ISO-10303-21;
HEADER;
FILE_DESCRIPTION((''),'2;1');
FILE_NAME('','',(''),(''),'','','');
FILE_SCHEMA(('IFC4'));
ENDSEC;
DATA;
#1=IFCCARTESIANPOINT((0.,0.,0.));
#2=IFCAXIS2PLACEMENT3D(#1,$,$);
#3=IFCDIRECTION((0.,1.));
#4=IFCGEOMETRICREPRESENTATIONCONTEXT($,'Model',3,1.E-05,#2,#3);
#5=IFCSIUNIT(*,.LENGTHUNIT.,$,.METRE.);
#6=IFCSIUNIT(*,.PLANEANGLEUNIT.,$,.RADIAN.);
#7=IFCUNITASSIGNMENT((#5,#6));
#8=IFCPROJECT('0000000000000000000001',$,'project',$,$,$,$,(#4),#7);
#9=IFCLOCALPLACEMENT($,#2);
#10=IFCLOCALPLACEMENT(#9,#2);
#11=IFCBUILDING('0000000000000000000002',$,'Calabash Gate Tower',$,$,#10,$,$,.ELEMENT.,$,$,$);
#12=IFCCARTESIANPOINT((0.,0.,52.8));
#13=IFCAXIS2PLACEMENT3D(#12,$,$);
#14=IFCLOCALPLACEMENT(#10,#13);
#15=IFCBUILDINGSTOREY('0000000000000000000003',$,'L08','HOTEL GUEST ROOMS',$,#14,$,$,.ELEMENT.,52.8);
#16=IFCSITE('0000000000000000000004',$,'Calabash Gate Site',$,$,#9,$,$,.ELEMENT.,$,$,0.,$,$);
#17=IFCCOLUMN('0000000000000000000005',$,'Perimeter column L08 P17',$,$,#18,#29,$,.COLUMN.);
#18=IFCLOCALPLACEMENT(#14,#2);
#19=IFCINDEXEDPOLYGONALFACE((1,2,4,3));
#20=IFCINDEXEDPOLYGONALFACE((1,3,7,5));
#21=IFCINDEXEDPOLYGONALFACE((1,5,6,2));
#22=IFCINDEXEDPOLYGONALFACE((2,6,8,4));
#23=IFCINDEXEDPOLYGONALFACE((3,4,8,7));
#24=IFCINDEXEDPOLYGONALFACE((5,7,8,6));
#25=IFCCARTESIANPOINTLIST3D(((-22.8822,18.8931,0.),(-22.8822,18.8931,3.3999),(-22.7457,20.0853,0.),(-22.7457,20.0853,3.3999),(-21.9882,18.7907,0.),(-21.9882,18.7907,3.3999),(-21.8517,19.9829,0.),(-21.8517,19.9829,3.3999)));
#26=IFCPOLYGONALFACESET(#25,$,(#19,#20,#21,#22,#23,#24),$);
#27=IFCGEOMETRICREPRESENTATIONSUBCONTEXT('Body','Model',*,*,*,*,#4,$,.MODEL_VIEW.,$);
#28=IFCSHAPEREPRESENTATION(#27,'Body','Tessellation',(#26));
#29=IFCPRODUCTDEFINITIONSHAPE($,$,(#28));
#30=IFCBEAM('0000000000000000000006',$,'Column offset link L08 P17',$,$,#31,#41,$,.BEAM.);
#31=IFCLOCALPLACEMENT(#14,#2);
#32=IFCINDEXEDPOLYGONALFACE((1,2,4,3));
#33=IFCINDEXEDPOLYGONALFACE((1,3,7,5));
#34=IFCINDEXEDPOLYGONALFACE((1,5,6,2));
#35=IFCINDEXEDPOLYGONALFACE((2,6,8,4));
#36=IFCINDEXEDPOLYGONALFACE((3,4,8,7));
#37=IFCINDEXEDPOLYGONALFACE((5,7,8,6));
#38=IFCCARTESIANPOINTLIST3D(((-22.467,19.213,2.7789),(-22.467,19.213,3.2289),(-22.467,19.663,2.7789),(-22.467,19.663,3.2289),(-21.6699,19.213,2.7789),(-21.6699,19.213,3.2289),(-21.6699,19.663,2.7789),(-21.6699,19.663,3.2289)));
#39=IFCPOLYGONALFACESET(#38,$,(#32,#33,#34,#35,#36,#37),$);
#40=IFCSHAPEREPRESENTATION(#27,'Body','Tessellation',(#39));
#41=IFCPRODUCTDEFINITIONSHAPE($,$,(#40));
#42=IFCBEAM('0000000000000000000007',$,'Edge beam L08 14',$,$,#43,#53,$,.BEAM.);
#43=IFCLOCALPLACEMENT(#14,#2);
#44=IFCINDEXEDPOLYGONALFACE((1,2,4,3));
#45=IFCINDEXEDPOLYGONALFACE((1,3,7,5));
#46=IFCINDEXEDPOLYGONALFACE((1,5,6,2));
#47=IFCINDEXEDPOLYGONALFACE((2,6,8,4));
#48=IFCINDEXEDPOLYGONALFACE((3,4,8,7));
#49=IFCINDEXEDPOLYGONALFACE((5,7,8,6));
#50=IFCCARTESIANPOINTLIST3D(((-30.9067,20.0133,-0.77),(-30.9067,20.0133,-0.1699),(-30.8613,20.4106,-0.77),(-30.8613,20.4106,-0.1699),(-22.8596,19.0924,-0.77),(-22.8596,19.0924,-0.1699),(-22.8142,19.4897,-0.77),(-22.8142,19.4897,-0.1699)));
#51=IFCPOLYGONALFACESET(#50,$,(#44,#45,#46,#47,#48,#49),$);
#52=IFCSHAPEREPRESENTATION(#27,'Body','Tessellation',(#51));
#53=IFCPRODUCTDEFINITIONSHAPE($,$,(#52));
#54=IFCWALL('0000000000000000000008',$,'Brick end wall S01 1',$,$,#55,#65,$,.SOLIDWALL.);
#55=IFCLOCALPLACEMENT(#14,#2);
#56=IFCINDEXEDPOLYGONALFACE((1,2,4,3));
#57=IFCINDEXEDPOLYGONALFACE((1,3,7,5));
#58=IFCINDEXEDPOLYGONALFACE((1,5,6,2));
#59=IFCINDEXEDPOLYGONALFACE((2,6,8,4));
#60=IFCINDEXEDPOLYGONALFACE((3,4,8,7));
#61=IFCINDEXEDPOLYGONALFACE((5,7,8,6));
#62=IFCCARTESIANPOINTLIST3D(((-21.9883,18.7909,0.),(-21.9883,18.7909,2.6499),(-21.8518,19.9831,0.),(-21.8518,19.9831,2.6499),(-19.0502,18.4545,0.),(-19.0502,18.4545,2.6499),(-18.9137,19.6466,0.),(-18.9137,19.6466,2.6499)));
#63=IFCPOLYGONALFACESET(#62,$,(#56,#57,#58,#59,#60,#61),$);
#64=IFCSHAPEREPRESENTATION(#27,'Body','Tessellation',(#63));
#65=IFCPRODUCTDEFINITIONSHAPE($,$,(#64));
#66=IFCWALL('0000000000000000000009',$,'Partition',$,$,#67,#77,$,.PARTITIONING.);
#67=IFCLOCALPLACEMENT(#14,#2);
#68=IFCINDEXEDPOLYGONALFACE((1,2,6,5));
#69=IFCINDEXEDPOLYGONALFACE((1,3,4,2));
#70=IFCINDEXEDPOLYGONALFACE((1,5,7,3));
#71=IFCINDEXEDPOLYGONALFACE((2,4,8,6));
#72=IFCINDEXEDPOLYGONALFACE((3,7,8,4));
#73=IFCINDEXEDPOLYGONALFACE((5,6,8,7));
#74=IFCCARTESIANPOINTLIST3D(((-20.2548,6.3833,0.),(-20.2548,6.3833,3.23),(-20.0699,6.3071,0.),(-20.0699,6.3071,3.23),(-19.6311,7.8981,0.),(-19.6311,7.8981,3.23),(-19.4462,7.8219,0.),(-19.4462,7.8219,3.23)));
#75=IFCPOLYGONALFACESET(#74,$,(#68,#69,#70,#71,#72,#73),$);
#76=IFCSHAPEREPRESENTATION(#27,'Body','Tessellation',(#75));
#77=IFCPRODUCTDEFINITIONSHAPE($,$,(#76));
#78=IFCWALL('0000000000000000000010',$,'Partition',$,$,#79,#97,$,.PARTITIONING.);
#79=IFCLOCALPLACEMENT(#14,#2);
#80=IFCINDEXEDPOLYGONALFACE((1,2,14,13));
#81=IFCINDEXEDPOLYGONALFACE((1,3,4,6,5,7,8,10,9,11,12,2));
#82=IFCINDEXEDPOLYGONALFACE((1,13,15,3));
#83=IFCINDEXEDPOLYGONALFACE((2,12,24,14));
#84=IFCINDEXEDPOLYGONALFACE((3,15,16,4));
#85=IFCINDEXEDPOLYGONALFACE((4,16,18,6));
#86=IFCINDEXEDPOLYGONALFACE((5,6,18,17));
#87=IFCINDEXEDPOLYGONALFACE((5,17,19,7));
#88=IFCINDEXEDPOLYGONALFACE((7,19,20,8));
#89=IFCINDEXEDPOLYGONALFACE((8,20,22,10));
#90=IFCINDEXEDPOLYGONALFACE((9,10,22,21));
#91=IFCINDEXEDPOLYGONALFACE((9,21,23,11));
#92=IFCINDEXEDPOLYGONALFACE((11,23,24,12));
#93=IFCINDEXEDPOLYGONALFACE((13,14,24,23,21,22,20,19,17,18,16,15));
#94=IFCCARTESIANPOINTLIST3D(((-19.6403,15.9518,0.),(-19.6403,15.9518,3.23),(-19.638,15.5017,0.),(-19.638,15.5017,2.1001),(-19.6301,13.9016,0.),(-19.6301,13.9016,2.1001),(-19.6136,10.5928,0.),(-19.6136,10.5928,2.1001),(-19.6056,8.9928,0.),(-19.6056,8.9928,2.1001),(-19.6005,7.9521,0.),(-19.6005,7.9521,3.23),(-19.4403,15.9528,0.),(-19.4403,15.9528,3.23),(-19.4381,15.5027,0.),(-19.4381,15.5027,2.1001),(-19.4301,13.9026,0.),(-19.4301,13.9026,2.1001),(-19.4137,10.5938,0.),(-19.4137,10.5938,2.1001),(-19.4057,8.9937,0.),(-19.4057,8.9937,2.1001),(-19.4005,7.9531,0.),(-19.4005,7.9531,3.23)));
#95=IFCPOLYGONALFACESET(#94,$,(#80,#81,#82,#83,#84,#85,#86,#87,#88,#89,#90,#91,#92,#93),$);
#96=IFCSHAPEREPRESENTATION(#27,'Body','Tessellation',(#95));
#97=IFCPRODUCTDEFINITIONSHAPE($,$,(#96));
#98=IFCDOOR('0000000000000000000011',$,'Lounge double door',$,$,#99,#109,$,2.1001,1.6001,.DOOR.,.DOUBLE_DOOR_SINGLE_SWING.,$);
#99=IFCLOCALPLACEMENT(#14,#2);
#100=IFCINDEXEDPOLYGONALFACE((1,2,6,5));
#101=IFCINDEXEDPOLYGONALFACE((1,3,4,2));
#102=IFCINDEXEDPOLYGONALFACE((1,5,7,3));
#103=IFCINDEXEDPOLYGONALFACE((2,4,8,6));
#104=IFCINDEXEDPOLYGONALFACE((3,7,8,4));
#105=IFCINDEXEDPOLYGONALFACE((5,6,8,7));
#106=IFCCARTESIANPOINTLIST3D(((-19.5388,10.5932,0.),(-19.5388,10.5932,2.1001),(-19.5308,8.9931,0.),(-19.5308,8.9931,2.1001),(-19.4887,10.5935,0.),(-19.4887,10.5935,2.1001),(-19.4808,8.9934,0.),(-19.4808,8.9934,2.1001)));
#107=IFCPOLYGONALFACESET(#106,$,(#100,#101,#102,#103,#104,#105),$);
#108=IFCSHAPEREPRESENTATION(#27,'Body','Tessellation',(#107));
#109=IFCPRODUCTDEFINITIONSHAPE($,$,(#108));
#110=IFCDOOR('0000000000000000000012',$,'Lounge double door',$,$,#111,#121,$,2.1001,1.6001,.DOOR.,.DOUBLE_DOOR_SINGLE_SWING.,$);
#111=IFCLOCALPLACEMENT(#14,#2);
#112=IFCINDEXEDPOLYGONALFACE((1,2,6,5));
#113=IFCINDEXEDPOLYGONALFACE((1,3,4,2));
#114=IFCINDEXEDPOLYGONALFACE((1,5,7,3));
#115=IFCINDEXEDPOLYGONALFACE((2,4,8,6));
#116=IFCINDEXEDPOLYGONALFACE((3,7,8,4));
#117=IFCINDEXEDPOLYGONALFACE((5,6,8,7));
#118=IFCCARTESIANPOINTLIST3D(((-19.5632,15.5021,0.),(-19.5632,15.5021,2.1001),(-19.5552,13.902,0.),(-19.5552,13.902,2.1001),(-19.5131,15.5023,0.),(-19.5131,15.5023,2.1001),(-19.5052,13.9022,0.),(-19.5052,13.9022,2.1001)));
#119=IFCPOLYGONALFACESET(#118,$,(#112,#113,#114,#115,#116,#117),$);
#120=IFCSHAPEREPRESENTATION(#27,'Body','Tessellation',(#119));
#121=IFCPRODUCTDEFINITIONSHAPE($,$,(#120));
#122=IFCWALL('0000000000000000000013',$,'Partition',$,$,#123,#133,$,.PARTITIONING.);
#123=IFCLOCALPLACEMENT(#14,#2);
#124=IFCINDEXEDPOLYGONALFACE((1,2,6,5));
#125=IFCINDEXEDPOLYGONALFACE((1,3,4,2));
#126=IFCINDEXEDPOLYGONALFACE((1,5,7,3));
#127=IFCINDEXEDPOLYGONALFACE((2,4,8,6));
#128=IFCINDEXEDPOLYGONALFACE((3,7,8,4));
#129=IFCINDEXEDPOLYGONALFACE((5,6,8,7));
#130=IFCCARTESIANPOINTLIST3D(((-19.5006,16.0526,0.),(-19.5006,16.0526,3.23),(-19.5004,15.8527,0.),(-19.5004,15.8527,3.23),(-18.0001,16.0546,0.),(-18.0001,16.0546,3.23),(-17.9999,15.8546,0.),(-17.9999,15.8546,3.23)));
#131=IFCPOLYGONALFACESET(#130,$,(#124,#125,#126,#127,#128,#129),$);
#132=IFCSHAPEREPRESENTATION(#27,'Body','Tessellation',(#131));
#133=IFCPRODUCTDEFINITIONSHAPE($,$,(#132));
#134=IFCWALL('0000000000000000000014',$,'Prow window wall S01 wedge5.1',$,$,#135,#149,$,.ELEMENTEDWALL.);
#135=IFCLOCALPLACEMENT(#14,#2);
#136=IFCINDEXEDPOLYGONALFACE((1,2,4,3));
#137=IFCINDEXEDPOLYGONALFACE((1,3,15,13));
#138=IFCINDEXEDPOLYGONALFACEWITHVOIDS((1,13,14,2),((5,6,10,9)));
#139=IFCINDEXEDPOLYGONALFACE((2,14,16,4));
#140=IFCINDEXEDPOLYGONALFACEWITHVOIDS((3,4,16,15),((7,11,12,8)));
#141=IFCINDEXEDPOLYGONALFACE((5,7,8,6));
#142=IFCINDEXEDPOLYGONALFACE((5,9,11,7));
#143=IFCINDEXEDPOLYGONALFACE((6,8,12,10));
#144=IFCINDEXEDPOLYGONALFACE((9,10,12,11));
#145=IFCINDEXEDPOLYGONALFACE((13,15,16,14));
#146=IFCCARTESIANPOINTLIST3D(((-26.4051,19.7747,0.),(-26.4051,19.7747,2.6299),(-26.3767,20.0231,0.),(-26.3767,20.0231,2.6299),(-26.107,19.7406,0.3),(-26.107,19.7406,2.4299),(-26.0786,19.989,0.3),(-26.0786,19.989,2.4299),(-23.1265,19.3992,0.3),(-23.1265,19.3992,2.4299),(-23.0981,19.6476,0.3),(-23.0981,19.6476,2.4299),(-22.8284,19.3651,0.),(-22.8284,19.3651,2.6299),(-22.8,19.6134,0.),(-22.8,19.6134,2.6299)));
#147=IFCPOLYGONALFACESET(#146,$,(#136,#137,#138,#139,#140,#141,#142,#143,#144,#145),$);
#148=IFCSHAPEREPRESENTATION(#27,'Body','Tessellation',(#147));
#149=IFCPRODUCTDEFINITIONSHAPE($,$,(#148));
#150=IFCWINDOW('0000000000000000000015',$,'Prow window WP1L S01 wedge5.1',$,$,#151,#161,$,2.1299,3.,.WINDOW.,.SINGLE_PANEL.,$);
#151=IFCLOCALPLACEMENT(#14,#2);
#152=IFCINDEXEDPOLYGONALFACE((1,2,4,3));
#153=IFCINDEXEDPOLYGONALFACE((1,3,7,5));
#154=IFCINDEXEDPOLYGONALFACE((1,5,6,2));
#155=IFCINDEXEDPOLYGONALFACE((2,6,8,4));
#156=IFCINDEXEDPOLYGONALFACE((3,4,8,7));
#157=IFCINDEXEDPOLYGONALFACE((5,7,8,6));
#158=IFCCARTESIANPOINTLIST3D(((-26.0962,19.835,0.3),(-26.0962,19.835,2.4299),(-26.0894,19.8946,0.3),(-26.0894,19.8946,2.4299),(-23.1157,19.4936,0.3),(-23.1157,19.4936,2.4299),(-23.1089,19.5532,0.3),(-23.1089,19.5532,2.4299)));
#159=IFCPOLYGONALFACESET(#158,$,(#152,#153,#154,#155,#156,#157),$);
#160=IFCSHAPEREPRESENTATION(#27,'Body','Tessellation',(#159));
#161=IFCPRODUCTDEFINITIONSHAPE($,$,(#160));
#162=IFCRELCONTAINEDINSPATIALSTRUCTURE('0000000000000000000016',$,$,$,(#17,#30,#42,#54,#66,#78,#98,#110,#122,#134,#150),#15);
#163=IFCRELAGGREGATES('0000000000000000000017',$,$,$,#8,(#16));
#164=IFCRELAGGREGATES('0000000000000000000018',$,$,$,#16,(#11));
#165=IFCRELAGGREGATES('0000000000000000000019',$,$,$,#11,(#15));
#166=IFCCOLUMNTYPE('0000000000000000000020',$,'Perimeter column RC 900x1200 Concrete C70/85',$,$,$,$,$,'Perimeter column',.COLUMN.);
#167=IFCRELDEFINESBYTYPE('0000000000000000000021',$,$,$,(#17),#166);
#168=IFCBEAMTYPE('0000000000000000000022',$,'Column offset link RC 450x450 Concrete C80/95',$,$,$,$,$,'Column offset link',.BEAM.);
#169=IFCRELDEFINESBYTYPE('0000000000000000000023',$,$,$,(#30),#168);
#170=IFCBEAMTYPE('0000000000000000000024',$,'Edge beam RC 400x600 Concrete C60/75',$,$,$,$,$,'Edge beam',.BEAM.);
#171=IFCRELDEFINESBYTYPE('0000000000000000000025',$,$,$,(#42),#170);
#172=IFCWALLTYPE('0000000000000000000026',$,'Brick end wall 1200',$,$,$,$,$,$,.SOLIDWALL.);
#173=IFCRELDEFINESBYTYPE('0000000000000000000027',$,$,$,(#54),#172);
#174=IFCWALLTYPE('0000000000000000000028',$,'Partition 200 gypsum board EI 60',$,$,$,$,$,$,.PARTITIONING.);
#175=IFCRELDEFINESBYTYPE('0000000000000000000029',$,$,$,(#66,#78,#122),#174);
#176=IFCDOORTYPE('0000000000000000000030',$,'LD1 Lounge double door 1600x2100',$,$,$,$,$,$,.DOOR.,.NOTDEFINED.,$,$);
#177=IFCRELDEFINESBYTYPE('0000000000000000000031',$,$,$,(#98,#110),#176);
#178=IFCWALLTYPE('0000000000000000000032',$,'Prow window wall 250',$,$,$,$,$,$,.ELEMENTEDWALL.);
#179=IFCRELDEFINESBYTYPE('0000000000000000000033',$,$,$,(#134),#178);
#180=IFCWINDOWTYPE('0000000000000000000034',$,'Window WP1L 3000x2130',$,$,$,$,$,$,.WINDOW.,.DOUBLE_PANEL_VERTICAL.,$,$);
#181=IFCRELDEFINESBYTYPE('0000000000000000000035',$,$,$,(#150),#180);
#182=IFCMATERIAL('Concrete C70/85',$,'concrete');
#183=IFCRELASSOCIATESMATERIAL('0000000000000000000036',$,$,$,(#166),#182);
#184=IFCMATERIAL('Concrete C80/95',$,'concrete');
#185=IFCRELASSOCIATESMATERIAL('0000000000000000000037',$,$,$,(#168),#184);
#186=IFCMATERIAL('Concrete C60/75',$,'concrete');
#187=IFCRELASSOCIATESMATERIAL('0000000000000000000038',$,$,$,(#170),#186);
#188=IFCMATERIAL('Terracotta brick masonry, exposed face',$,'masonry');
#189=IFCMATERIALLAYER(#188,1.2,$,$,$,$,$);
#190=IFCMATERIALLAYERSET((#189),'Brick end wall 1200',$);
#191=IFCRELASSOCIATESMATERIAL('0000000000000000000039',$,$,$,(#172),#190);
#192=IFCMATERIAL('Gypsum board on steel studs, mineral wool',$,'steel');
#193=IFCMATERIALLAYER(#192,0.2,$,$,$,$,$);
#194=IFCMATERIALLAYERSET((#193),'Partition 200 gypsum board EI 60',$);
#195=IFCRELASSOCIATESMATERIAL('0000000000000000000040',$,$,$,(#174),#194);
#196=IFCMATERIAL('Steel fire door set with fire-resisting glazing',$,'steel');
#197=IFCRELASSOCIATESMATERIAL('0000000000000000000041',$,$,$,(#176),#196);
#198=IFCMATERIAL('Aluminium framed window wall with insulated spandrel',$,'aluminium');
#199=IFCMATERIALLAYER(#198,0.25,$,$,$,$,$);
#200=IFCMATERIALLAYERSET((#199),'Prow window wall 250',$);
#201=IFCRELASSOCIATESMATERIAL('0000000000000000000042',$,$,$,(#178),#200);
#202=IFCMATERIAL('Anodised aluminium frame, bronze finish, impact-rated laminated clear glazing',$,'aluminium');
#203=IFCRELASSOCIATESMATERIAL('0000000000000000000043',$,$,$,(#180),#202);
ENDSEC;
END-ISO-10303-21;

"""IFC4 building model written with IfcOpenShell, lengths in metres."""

from ifc_helpers import new_model, si_unit, direction, frame, frame_2d, origin, origin_2d, place, context, subcontext, project, spatial, rectangle, extrude, material, layer, layer_set, material_profile, profile_set, type_object, element, fill, save


model = new_model("IFC4")

# Units and contexts
model_context = context("Model", 3, precision=1e-05, world=origin(), true_north=direction((0.0, 1.0)))
body_context = subcontext(model_context, "Body", "Model", "MODEL_VIEW")
ifc_project = project(units=[si_unit("LENGTHUNIT", "METRE"), si_unit("PLANEANGLEUNIT", "RADIAN")], contexts=[model_context])

# Site, building, storey
site_placement = place(None, origin())
site = spatial("IfcSite", under=ifc_project, at=site_placement, Name="Calabash Gate Site", CompositionType="ELEMENT", RefElevation=0.0)
building_placement = place(site_placement, origin())
building = spatial("IfcBuilding", under=site, at=building_placement, Name="Calabash Gate Tower", CompositionType="ELEMENT")
storey_placement = place(building_placement, frame((0.0, 0.0, 52.8)))
storey = spatial("IfcBuildingStorey", under=building, at=storey_placement, Name="L08", Description="HOTEL GUEST ROOMS", CompositionType="ELEMENT", Elevation=52.8)

# Column
ifc_material_1 = material(Name="Concrete C70/85", Category="concrete")
ifc_material_profile_1 = material_profile(ifc_material_1, rectangle(XDim=0.8999, YDim=1.2, at=origin_2d()))
ifc_profile_set_1 = profile_set([ifc_material_profile_1], Name="Concrete C70/85")
column_type = type_object("IfcColumnType", Name="Perimeter column RC 900x1200 Concrete C70/85", ElementType="Perimeter column", PredefinedType="COLUMN", material=ifc_profile_set_1)
column_placement = place(storey_placement, frame((-22.3669, 19.438, 0.0), z_axis=(0.0, 0.0, 1.0), x_axis=(-0.993506, 0.113777, 0.0)))
element("IfcColumn", 1, at=column_placement, inside=storey, type_object=column_type, Name="Perimeter column L08 P17", PredefinedType="COLUMN", context=body_context, shape_type="SweptSolid", body=[
    extrude(rectangle(XDim=0.8999, YDim=1.2, at=origin_2d()), origin(), (0.0, 0.0, 1.0), 3.3999),
])

# Beams
ifc_material_2 = material(Name="Concrete C80/95", Category="concrete")
ifc_material_profile_2 = material_profile(ifc_material_2, rectangle(XDim=0.45, YDim=0.45, at=origin_2d()))
ifc_profile_set_2 = profile_set([ifc_material_profile_2], Name="Concrete C80/95")
beam_type_1 = type_object("IfcBeamType", Name="Column offset link RC 450x450 Concrete C80/95", ElementType="Column offset link", PredefinedType="BEAM", material=ifc_profile_set_2)
beam_1_placement = place(storey_placement, frame((-22.467, 19.438, 3.0039), z_axis=(1.0, 0.0, 0.0), x_axis=(0.0, 1.0, 0.0)))
element("IfcBeam", 2, at=beam_1_placement, inside=storey, type_object=beam_type_1, Name="Column offset link L08 P17", PredefinedType="BEAM", context=body_context, shape_type="SweptSolid", body=[
    extrude(rectangle(XDim=0.45, YDim=0.45, at=origin_2d()), origin(), (0.0, 0.0, 1.0), 0.7971),
])
ifc_material_3 = material(Name="Concrete C60/75", Category="concrete")
ifc_material_profile_3 = material_profile(ifc_material_3, rectangle(XDim=0.3999, YDim=0.6001, at=origin_2d()))
ifc_profile_set_3 = profile_set([ifc_material_profile_3], Name="Concrete C60/75")
beam_type_2 = type_object("IfcBeamType", Name="Edge beam RC 400x600 Concrete C60/75", ElementType="Edge beam", PredefinedType="BEAM", material=ifc_profile_set_3)
beam_2_placement = place(storey_placement, frame((-22.8369, 19.291, -0.47), z_axis=(-0.993516, 0.113696, 0.0), x_axis=(-0.113696, -0.993516, 0.0)))
element("IfcBeam", 3, at=beam_2_placement, inside=storey, type_object=beam_type_2, Name="Edge beam L08 14", PredefinedType="BEAM", context=body_context, shape_type="SweptSolid", body=[
    extrude(rectangle(XDim=0.3999, YDim=0.6001, at=origin_2d()), origin(), (0.0, 0.0, 1.0), 8.0996),
])

# Walls
ifc_material_4 = material(Name="Terracotta brick masonry, exposed face", Category="masonry")
ifc_layer_1 = layer(ifc_material_4, 1.2)
ifc_layer_set_1 = layer_set([ifc_layer_1], Name="Brick end wall 1200")
wall_type_1 = type_object("IfcWallType", Name="Brick end wall 1200", PredefinedType="SOLIDWALL", material=ifc_layer_set_1)
wall_1_placement = place(storey_placement, frame((-21.9199, 19.387, 0.0), z_axis=(0.0, 0.0, 1.0), x_axis=(0.993508, -0.113765, 0.0)))
element("IfcWall", 4, at=wall_1_placement, inside=storey, type_object=wall_type_1, Name="Brick end wall S01 1", PredefinedType="SOLIDWALL", context=body_context, shape_type="SweptSolid", body=[
    extrude(rectangle(XDim=2.9573, YDim=1.2, at=frame_2d((1.4785, 0.0))), origin(), (0.0, 0.0, 1.0), 2.6499),
])
ifc_material_5 = material(Name="Gypsum board on steel studs, mineral wool", Category="steel")
ifc_layer_2 = layer(ifc_material_5, 0.2)
ifc_layer_set_2 = layer_set([ifc_layer_2], Name="Partition 200 gypsum board EI 60")
wall_type_2 = type_object("IfcWallType", Name="Partition 200 gypsum board EI 60", PredefinedType="PARTITIONING", material=ifc_layer_set_2)
wall_2_placement = place(storey_placement, frame((-20.1624, 6.3452, 0.0), z_axis=(0.0, 0.0, 1.0), x_axis=(0.38075, 0.924678, 0.0)))
element("IfcWall", 5, at=wall_2_placement, inside=storey, type_object=wall_type_2, Name="Partition", PredefinedType="PARTITIONING", context=body_context, shape_type="SweptSolid", body=[
    extrude(rectangle(XDim=1.6382, YDim=0.2, at=frame_2d((0.8191, 0.0))), origin(), (0.0, 0.0, 1.0), 3.23),
])

# Wall, openings, doors
wall_3_placement = place(storey_placement, frame((-19.5403, 15.9524, 0.0), z_axis=(0.0, 0.0, 1.0), x_axis=(0.004974, -0.999988, 0.0)))
wall_3 = element("IfcWall", 6, at=wall_3_placement, inside=storey, type_object=wall_type_2, Name="Partition", PredefinedType="PARTITIONING", context=body_context, shape_type="SweptSolid", body=[
    extrude(rectangle(XDim=7.9998, YDim=0.2, at=frame_2d((4.0, 0.0))), origin(), (0.0, 0.0, 1.0), 3.23),
])
opening_1_placement = place(wall_3_placement, frame((5.3591, 0.0, 0.0)))
opening_1 = element("IfcOpeningElement", 7, at=opening_1_placement, cuts=wall_3, PredefinedType="OPENING", context=body_context, shape_type="SweptSolid", body=[
    extrude(rectangle(XDim=1.6001, YDim=2.1001, at=frame_2d((0.8, 1.05))), frame((0.0, 0.1099, 0.0), z_axis=(0.0, -1.0, 0.0), x_axis=(1.0, 0.0, 0.0)), (0.0, 0.0, 1.0), 0.22),
])
opening_2_placement = place(wall_3_placement, frame((0.4502, 0.0, 0.0)))
opening_2 = element("IfcOpeningElement", 8, at=opening_2_placement, cuts=wall_3, PredefinedType="OPENING", context=body_context, shape_type="SweptSolid", body=[
    extrude(rectangle(XDim=1.6001, YDim=2.1001, at=frame_2d((0.8, 1.05))), frame((0.0, 0.1099, 0.0), z_axis=(0.0, -1.0, 0.0), x_axis=(1.0, 0.0, 0.0)), (0.0, 0.0, 1.0), 0.22),
])
ifc_material_6 = material(Name="Steel fire door set with fire-resisting glazing", Category="steel")
door_type_1 = type_object("IfcDoorType", Name="LD1 Lounge double door 1600x2100", OperationType="NOTDEFINED", PredefinedType="DOOR", material=ifc_material_6)
door_1_placement = place(opening_1_placement, origin())
door_1 = element("IfcDoor", 9, at=door_1_placement, inside=storey, type_object=door_type_1, Name="Lounge double door", OperationType="DOUBLE_DOOR_SINGLE_SWING", OverallHeight=2.1001, OverallWidth=1.6001, PredefinedType="DOOR", context=body_context, shape_type="SweptSolid", body=[
    extrude(rectangle(XDim=1.6001, YDim=2.1001, at=frame_2d((0.8, 1.05))), frame((0.0, 0.0249, 0.0), z_axis=(0.0, -1.0, 0.0), x_axis=(1.0, 0.0, 0.0)), (0.0, 0.0, 1.0), 0.05),
])
fill(opening_1, door_1)
door_2_placement = place(opening_2_placement, origin())
door_2 = element("IfcDoor", 10, at=door_2_placement, inside=storey, type_object=door_type_1, Name="Lounge double door", OperationType="DOUBLE_DOOR_SINGLE_SWING", OverallHeight=2.1001, OverallWidth=1.6001, PredefinedType="DOOR", context=body_context, shape_type="SweptSolid", body=[
    extrude(rectangle(XDim=1.6001, YDim=2.1001, at=frame_2d((0.8, 1.05))), frame((0.0, 0.0249, 0.0), z_axis=(0.0, -1.0, 0.0), x_axis=(1.0, 0.0, 0.0)), (0.0, 0.0, 1.0), 0.05),
])
fill(opening_2, door_2)

# Wall
wall_4_placement = place(storey_placement, frame((-19.5005, 15.9526, 0.0), z_axis=(0.0, 0.0, 1.0), x_axis=(0.999999, 0.001302, 0.0)))
element("IfcWall", 11, at=wall_4_placement, inside=storey, type_object=wall_type_2, Name="Partition", PredefinedType="PARTITIONING", context=body_context, shape_type="SweptSolid", body=[
    extrude(rectangle(XDim=1.5005, YDim=0.2, at=frame_2d((0.7502, 0.0))), origin(), (0.0, 0.0, 1.0), 3.23),
])

# Wall, opening, window
ifc_material_7 = material(Name="Aluminium framed window wall with insulated spandrel", Category="aluminium")
ifc_layer_3 = layer(ifc_material_7, 0.25)
ifc_layer_set_3 = layer_set([ifc_layer_3], Name="Prow window wall 250")
wall_type_3 = type_object("IfcWallType", Name="Prow window wall 250", PredefinedType="ELEMENTEDWALL", material=ifc_layer_set_3)
wall_5_placement = place(storey_placement, frame((-22.8142, 19.4893, 0.0), z_axis=(0.0, 0.0, 1.0), x_axis=(-0.993504, 0.113795, 0.0)))
wall_5 = element("IfcWall", 12, at=wall_5_placement, inside=storey, type_object=wall_type_3, Name="Prow window wall S01 wedge5.1", PredefinedType="ELEMENTEDWALL", context=body_context, shape_type="SweptSolid", body=[
    extrude(rectangle(XDim=3.6001, YDim=0.25, at=frame_2d((1.8, 0.0))), origin(), (0.0, 0.0, 1.0), 2.6299),
])
opening_3_placement = place(wall_5_placement, frame((0.3, 0.0, 0.3)))
opening_3 = element("IfcOpeningElement", 13, at=opening_3_placement, cuts=wall_5, PredefinedType="OPENING", context=body_context, shape_type="SweptSolid", body=[
    extrude(rectangle(XDim=3.0, YDim=2.1299, at=frame_2d((1.5, 1.0649))), frame((0.0, 0.135, 0.0), z_axis=(0.0, -1.0, 0.0), x_axis=(1.0, 0.0, 0.0)), (0.0, 0.0, 1.0), 0.27),
])
ifc_material_8 = material(Name="Anodised aluminium frame, bronze finish, impact-rated laminated clear glazing", Category="aluminium")
window_type = type_object("IfcWindowType", Name="Window WP1L 3000x2130", PartitioningType="DOUBLE_PANEL_VERTICAL", PredefinedType="WINDOW", material=ifc_material_8)
window_placement = place(opening_3_placement, origin())
window = element("IfcWindow", 14, at=window_placement, inside=storey, type_object=window_type, Name="Prow window WP1L S01 wedge5.1", OverallHeight=2.1299, OverallWidth=3.0, PartitioningType="SINGLE_PANEL", PredefinedType="WINDOW", context=body_context, shape_type="SweptSolid", body=[
    extrude(rectangle(XDim=3.0, YDim=2.1299, at=frame_2d((1.5, 1.0649))), frame((0.0, 0.03, 0.0), z_axis=(0.0, -1.0, 0.0), x_axis=(1.0, 0.0, 0.0)), (0.0, 0.0, 1.0), 0.0601),
])
fill(opening_3, window)

save(model, "model.ifc")
